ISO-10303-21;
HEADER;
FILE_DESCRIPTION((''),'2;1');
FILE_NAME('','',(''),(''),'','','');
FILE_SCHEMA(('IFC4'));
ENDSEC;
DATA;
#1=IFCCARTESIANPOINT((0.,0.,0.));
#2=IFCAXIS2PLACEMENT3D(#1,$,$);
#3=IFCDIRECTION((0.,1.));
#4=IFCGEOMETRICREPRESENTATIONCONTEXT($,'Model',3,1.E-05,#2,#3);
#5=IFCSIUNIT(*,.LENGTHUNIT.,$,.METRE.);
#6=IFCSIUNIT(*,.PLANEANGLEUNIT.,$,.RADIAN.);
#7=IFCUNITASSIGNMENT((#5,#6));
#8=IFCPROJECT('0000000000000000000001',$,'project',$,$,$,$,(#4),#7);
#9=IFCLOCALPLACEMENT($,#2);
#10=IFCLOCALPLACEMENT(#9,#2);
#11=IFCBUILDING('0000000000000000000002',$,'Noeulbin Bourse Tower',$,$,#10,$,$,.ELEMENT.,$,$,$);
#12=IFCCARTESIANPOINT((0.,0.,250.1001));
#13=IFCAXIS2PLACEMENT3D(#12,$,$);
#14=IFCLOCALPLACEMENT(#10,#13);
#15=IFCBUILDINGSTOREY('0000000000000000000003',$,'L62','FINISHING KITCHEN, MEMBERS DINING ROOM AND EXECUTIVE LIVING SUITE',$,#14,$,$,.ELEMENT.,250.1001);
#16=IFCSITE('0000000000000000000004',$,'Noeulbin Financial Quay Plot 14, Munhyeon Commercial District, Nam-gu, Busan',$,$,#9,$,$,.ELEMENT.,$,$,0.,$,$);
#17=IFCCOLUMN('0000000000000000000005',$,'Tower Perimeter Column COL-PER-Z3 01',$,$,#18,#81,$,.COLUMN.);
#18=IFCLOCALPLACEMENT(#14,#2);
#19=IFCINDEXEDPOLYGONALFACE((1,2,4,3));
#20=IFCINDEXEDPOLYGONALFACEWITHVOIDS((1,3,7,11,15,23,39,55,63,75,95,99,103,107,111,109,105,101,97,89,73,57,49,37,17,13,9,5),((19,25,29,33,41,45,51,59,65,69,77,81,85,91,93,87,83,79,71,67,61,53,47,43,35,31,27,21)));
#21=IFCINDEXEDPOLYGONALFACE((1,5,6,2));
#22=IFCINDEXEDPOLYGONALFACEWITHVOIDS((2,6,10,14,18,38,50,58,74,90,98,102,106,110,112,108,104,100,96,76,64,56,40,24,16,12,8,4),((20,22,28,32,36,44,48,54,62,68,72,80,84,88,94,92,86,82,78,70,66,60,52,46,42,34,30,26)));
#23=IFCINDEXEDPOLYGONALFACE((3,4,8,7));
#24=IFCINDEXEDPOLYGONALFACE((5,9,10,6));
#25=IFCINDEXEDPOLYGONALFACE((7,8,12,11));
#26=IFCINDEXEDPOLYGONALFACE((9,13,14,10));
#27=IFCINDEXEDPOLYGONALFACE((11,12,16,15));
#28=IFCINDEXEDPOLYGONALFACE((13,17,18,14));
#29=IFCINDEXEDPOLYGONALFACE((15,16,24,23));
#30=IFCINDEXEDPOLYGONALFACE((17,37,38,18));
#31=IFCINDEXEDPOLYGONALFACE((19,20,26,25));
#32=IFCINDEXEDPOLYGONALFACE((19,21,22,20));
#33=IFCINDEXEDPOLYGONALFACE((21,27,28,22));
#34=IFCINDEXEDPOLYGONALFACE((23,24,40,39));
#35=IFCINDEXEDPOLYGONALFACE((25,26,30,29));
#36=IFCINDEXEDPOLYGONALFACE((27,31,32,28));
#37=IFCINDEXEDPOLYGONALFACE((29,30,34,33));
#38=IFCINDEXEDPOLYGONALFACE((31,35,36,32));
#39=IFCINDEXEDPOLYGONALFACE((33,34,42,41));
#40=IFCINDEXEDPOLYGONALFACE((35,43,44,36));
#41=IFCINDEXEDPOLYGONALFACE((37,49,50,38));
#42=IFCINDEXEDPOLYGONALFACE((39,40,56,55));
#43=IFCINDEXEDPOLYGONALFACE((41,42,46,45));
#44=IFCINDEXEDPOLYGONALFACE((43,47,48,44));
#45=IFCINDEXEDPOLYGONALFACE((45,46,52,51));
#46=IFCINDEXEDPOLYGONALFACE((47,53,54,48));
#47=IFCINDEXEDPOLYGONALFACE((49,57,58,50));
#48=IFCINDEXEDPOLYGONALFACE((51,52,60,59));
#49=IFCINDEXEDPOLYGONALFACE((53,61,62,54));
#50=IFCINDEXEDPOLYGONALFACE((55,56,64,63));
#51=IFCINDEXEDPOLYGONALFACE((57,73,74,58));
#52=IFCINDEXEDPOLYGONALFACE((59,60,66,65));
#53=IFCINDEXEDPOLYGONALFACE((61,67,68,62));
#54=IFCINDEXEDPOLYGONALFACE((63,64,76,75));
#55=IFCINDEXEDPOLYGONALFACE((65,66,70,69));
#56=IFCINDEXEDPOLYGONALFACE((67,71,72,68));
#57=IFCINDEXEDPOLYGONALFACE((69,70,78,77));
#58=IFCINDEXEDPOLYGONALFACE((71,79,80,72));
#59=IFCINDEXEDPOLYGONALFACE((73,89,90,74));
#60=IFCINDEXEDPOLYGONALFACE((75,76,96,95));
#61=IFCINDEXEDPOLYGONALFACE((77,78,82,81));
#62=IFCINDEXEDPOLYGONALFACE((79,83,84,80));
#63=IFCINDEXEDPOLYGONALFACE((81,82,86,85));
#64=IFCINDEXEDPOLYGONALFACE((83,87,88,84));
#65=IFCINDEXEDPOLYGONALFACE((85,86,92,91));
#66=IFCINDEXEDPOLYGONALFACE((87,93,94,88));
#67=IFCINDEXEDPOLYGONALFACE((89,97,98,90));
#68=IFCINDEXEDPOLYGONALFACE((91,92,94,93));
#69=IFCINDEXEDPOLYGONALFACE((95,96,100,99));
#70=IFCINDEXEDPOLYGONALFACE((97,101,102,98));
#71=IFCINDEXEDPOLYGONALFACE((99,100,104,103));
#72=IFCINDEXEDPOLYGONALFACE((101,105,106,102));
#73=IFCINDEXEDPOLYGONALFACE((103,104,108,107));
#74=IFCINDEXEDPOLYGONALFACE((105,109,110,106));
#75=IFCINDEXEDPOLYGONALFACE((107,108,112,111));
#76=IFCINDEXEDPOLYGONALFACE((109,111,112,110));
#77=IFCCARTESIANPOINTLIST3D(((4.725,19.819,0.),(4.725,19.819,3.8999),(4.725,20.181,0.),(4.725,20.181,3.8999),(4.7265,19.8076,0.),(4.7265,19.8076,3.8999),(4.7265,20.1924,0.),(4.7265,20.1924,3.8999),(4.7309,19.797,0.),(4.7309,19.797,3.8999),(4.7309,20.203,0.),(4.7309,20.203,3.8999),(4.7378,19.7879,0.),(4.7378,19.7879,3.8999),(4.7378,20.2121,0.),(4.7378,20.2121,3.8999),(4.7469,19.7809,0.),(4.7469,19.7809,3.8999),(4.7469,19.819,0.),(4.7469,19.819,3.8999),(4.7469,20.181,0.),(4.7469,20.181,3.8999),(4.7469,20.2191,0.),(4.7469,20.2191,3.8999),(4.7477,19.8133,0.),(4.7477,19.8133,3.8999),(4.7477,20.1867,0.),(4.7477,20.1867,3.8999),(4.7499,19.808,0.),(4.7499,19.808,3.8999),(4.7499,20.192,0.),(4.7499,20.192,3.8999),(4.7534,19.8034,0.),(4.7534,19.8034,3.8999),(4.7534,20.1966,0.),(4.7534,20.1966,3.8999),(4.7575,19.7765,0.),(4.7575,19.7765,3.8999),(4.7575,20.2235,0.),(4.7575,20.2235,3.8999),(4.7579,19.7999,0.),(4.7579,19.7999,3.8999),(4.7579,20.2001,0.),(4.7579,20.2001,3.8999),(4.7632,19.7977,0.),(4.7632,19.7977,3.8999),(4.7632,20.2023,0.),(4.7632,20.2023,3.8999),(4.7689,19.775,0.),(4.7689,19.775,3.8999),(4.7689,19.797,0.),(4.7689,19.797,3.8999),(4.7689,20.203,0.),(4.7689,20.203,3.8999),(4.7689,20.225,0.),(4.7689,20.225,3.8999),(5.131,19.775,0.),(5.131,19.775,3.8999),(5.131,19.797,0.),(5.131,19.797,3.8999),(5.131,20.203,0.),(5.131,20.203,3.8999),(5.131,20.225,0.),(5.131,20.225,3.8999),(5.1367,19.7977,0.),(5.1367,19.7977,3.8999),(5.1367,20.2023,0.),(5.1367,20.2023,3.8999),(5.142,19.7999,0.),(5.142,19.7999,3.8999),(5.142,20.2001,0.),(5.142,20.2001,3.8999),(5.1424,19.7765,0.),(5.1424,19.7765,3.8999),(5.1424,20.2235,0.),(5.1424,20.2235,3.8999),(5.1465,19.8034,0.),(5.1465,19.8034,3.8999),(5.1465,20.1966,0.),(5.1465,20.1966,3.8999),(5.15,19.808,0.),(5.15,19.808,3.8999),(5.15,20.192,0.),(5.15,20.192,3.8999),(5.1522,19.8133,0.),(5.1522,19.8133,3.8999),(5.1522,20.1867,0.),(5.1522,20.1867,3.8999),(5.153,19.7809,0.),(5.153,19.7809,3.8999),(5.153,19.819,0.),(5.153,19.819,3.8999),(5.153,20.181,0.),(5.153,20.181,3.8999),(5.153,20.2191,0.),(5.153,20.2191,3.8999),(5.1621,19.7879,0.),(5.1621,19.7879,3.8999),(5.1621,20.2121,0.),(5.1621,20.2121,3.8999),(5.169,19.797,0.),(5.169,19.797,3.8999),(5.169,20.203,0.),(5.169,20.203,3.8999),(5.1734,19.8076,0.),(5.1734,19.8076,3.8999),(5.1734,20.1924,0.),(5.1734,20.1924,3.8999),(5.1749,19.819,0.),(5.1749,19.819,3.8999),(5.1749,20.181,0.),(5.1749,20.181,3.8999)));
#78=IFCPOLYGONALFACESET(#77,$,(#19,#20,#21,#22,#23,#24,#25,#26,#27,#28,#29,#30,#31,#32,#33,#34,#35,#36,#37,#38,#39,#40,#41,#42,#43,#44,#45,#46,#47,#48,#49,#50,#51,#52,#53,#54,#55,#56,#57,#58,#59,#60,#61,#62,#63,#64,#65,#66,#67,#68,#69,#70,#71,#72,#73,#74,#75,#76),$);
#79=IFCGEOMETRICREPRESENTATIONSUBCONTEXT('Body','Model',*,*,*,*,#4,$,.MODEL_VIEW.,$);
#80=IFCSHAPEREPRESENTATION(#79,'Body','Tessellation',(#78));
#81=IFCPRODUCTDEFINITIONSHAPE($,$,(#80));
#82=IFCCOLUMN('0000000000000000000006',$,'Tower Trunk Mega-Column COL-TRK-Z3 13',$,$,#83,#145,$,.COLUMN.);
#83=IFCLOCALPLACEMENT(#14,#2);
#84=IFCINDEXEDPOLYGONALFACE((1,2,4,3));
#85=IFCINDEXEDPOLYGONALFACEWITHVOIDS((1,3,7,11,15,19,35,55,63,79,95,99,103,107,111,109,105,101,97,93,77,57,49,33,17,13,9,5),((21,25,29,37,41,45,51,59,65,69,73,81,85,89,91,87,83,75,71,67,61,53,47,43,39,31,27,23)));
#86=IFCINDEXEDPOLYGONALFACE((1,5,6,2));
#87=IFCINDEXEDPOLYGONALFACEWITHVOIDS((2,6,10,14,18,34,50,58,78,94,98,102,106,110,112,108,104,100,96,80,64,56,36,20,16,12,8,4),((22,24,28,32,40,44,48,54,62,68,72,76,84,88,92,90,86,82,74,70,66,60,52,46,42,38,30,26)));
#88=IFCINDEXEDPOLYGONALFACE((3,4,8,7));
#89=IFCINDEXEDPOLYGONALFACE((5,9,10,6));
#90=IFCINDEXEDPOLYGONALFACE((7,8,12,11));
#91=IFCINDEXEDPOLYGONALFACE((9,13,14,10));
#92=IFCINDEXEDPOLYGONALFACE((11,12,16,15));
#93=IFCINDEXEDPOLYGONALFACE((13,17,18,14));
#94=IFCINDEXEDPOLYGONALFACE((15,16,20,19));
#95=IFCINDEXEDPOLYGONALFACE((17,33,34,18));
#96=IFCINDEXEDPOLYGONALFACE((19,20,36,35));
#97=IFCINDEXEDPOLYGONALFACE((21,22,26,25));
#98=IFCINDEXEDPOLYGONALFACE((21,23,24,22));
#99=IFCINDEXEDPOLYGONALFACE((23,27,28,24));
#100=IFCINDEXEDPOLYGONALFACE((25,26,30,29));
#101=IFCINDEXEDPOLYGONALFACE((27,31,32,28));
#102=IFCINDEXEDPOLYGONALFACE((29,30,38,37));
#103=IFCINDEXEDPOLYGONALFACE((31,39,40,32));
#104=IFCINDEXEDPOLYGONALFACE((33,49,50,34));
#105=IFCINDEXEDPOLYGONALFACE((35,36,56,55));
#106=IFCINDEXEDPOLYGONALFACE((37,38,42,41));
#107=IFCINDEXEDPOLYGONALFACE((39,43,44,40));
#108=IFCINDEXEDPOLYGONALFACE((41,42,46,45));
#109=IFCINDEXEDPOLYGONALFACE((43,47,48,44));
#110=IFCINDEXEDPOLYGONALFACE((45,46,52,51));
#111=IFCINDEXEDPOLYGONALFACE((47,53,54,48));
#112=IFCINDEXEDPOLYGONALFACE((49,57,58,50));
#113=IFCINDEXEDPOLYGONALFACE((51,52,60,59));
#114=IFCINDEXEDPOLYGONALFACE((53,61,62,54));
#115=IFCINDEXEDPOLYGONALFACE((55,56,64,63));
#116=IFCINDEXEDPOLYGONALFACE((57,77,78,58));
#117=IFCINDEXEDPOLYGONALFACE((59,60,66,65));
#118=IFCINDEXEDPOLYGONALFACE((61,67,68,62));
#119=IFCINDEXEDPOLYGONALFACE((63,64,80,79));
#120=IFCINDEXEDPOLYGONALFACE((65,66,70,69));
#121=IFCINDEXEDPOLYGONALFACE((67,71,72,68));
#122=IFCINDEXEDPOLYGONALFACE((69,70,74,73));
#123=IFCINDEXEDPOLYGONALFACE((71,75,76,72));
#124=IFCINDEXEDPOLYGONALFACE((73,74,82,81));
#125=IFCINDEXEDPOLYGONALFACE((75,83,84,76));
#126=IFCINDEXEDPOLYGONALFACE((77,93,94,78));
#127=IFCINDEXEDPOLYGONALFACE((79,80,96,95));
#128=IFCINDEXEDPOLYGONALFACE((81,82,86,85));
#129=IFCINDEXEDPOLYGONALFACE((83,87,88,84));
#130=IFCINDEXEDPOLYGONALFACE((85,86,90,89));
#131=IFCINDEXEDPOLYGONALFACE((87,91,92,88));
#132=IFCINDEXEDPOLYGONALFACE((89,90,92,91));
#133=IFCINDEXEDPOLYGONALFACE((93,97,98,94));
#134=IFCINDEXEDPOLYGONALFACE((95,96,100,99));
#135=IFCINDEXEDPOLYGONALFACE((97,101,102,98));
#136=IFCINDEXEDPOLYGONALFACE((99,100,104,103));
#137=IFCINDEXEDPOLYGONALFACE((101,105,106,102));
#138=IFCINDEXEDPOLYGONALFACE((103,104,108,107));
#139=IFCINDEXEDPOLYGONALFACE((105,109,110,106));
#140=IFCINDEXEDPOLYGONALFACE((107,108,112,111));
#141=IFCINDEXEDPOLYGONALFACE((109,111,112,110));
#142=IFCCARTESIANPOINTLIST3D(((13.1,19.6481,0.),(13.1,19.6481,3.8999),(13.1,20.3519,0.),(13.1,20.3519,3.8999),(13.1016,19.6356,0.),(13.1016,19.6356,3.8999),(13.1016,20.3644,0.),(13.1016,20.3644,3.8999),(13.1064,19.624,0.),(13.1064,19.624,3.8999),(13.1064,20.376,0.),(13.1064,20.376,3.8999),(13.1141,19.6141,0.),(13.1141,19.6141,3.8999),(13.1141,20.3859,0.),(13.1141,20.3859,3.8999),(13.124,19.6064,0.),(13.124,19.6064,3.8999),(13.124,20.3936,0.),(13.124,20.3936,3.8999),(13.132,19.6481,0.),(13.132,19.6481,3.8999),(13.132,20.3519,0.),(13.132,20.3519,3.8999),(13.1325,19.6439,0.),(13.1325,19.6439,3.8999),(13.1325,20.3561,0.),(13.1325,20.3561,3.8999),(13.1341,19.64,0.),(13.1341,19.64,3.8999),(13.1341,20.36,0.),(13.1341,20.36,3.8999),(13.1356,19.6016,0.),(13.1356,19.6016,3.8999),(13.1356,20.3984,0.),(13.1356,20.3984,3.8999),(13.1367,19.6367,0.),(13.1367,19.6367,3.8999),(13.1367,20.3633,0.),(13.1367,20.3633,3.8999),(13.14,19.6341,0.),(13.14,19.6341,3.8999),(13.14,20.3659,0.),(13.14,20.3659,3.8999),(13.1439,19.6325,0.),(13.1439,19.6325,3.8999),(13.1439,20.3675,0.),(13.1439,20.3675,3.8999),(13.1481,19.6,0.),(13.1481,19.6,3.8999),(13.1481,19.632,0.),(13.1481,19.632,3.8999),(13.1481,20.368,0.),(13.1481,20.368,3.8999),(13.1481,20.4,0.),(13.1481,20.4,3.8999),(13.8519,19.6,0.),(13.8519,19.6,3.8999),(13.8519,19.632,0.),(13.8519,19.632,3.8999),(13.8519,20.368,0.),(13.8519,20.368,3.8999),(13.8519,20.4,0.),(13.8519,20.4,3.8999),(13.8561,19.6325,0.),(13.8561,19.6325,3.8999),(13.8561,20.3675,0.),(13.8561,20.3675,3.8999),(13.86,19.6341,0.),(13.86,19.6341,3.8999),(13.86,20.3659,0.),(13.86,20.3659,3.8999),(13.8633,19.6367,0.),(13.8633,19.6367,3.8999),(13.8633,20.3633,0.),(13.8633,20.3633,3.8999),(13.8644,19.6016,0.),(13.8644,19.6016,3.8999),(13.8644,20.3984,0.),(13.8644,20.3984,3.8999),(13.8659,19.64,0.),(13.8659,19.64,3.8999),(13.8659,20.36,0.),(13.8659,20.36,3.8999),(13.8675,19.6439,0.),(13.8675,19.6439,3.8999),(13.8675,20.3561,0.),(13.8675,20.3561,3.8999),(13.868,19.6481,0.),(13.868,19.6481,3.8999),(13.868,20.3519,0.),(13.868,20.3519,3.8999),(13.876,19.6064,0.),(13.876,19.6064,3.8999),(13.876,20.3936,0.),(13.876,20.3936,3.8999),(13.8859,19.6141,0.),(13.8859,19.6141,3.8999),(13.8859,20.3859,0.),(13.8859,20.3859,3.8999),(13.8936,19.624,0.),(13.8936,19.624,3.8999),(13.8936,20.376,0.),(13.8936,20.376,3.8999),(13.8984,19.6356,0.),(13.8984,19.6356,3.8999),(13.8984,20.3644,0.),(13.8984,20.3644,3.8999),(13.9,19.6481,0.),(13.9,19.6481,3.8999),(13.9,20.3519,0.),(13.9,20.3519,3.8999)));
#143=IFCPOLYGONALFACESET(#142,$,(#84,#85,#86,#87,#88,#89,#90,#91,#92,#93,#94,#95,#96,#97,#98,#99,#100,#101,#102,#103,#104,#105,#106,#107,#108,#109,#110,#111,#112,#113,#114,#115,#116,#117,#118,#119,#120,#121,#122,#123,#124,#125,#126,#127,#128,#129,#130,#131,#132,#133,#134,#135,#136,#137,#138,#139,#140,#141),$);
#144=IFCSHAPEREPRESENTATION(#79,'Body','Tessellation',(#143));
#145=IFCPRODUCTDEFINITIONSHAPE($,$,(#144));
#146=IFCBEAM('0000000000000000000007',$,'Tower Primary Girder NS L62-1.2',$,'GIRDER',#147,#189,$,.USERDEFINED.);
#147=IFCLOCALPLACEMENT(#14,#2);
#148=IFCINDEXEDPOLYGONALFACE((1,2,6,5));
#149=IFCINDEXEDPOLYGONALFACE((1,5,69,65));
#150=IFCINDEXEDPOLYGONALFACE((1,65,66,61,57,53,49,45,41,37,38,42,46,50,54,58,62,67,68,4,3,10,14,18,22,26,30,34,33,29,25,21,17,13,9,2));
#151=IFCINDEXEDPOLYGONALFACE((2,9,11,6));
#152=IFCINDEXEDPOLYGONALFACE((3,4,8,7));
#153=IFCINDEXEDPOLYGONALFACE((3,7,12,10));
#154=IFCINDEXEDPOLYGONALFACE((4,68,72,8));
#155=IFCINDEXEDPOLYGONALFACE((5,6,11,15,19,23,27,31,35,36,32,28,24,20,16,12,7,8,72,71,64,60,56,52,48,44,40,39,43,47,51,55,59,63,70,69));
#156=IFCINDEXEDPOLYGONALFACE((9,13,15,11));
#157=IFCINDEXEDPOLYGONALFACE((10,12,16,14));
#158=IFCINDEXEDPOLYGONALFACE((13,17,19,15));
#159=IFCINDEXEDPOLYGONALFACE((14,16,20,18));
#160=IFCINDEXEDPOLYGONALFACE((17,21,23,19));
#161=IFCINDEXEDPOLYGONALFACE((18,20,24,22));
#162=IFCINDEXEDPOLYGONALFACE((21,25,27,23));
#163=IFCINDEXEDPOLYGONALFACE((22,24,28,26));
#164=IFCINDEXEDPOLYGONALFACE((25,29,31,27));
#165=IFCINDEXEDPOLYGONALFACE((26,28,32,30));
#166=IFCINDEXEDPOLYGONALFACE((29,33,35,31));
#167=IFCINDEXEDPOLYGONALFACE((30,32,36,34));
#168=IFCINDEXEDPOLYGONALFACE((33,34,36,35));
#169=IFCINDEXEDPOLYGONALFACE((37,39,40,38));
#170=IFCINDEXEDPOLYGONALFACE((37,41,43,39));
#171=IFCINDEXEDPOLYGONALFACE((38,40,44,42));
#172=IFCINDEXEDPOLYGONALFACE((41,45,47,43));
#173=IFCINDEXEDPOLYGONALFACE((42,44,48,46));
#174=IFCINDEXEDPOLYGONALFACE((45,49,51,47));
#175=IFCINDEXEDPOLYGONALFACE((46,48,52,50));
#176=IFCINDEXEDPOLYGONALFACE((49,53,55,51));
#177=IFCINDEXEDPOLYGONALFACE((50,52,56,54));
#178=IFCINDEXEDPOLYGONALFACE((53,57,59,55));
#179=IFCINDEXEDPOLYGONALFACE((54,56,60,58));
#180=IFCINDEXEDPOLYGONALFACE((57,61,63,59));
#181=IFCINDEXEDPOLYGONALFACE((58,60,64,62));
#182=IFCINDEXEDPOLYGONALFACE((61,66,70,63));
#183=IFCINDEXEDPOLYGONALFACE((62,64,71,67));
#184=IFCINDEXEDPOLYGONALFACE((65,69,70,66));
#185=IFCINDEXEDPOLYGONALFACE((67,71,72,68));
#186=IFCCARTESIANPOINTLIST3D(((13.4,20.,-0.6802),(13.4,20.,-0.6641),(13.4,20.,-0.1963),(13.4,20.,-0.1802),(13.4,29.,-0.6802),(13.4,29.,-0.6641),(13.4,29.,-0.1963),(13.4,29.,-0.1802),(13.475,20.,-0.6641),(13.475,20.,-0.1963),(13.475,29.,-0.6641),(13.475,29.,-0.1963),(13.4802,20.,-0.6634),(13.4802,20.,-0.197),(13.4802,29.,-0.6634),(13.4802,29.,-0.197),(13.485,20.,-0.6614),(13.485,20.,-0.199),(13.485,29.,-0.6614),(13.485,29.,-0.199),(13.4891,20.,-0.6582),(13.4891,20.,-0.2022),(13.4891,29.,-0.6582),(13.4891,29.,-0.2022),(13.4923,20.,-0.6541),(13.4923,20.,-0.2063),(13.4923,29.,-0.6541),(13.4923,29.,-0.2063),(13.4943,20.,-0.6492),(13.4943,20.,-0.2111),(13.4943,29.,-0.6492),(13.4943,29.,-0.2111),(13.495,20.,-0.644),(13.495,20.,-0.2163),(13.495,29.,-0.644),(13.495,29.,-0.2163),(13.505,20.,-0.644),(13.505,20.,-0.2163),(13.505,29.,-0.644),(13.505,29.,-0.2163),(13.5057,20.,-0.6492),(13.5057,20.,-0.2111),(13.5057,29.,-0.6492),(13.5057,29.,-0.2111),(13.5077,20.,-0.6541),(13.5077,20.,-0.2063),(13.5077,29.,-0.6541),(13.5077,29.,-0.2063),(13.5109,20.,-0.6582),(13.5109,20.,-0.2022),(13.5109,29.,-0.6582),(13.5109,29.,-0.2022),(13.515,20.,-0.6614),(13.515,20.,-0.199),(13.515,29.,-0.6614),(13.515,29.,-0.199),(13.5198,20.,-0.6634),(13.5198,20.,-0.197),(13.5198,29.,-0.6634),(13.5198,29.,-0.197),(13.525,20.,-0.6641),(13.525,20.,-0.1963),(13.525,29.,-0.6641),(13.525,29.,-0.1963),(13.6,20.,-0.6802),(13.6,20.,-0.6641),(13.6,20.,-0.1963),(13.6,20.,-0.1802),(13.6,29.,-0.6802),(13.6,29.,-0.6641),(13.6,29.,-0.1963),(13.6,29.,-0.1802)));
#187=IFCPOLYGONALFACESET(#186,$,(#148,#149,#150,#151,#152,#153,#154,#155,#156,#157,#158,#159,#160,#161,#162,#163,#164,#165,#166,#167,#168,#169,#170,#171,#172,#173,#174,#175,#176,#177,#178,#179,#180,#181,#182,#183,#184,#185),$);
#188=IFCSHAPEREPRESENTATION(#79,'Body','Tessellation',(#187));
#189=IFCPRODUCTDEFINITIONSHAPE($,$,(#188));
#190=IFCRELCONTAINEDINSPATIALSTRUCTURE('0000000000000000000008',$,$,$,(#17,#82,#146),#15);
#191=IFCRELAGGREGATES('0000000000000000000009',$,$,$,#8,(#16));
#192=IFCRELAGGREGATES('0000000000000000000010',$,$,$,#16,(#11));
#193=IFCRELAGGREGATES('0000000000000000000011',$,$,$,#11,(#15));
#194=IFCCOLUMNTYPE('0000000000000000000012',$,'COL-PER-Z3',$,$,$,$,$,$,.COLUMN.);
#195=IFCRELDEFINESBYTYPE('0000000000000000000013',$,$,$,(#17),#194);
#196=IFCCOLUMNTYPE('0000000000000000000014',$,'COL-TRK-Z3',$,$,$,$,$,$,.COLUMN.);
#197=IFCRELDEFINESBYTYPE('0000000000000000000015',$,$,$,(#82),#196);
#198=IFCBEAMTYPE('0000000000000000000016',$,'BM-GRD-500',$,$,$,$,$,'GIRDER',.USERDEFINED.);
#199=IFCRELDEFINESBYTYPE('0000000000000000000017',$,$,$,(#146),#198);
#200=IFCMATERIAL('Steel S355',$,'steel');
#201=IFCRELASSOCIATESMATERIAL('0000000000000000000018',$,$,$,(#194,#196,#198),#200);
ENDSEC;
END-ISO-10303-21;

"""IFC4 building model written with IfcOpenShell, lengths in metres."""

from ifc_helpers import new_model, si_unit, direction, frame, origin, origin_2d, place, context, subcontext, project, spatial, hollow_rectangle, i_section, extrude, material, material_profile, profile_set, type_object, element, save


model = new_model("IFC4")

# Units and contexts
model_context = context("Model", 3, precision=1e-05, world=origin(), true_north=direction((0.0, 1.0)))
body_context = subcontext(model_context, "Body", "Model", "MODEL_VIEW")
ifc_project = project(units=[si_unit("LENGTHUNIT", "METRE"), si_unit("PLANEANGLEUNIT", "RADIAN")], contexts=[model_context])

# Site, building, storey
site_placement = place(None, origin())
site = spatial("IfcSite", under=ifc_project, at=site_placement, Name="Noeulbin Financial Quay Plot 14, Munhyeon Commercial District, Nam-gu, Busan", CompositionType="ELEMENT", RefElevation=0.0)
building_placement = place(site_placement, origin())
building = spatial("IfcBuilding", under=site, at=building_placement, Name="Noeulbin Bourse Tower", CompositionType="ELEMENT")
storey_placement = place(building_placement, frame((0.0, 0.0, 250.1001)))
storey = spatial("IfcBuildingStorey", under=building, at=storey_placement, Name="L62", Description="FINISHING KITCHEN, MEMBERS DINING ROOM AND EXECUTIVE LIVING SUITE", CompositionType="ELEMENT", Elevation=250.1001)

# Columns
ifc_material_1 = material(Name="Steel S355", Category="steel")
ifc_material_profile_1 = material_profile(ifc_material_1, hollow_rectangle(XDim=0.45, YDim=0.45, WallThickness=0.022, InnerFilletRadius=0.022, OuterFilletRadius=0.0439, at=origin_2d()), Name="SHS-450x450x22", Category="LoadBearing")
ifc_profile_set_1 = profile_set([ifc_material_profile_1], Name="Steel S355")
column_type_1 = type_object("IfcColumnType", Name="COL-PER-Z3", PredefinedType="COLUMN", material=ifc_profile_set_1)
column_1_placement = place(storey_placement, frame((4.95, 20.0, 0.0), z_axis=(0.0, 0.0, 1.0), x_axis=(1.0, 0.0, 0.0)))
element("IfcColumn", 1, at=column_1_placement, inside=storey, type_object=column_type_1, Name="Tower Perimeter Column COL-PER-Z3 01", PredefinedType="COLUMN", context=body_context, shape_type="SweptSolid", body=[
    extrude(hollow_rectangle(XDim=0.45, YDim=0.45, WallThickness=0.022, InnerFilletRadius=0.022, OuterFilletRadius=0.0439, at=origin_2d()), origin(), (0.0, 0.0, 1.0), 3.8999),
])
ifc_material_profile_2 = material_profile(ifc_material_1, hollow_rectangle(XDim=0.8, YDim=0.8, WallThickness=0.032, InnerFilletRadius=0.0161, OuterFilletRadius=0.0481, at=origin_2d()), Name="BOX-800x800x32", Category="LoadBearing")
ifc_profile_set_2 = profile_set([ifc_material_profile_2], Name="Steel S355")
column_type_2 = type_object("IfcColumnType", Name="COL-TRK-Z3", PredefinedType="COLUMN", material=ifc_profile_set_2)
column_2_placement = place(storey_placement, frame((13.5, 20.0, 0.0), z_axis=(0.0, 0.0, 1.0), x_axis=(1.0, 0.0, 0.0)))
element("IfcColumn", 2, at=column_2_placement, inside=storey, type_object=column_type_2, Name="Tower Trunk Mega-Column COL-TRK-Z3 13", PredefinedType="COLUMN", context=body_context, shape_type="SweptSolid", body=[
    extrude(hollow_rectangle(XDim=0.8, YDim=0.8, WallThickness=0.032, InnerFilletRadius=0.0161, OuterFilletRadius=0.0481, at=origin_2d()), origin(), (0.0, 0.0, 1.0), 3.8999),
])

# Beam
ifc_material_profile_3 = material_profile(ifc_material_1, i_section(OverallWidth=0.2, OverallDepth=0.5, WebThickness=0.01, FlangeThickness=0.0161, FilletRadius=0.02, at=origin_2d()), Name="H-500x200x10x16", Category="LoadBearing")
ifc_profile_set_3 = profile_set([ifc_material_profile_3], Name="Steel S355")
beam_type_1 = type_object("IfcBeamType", Name="BM-GRD-500", ElementType="GIRDER", PredefinedType="USERDEFINED", material=ifc_profile_set_3)
beam_1_placement = place(storey_placement, frame((13.5, 20.0, -0.4302), z_axis=(0.0, 1.0, 0.0), x_axis=(-1.0, 0.0, 0.0)))
element("IfcBeam", 3, at=beam_1_placement, inside=storey, type_object=beam_type_1, Name="Tower Primary Girder NS L62-1.2", ObjectType="GIRDER", PredefinedType="USERDEFINED", context=body_context, shape_type="SweptSolid", body=[
    extrude(i_section(OverallWidth=0.2, OverallDepth=0.5, WebThickness=0.01, FlangeThickness=0.0161, FilletRadius=0.02, at=origin_2d()), origin(), (0.0, 0.0, 1.0), 9.0),
])

save(model, "model.ifc")
